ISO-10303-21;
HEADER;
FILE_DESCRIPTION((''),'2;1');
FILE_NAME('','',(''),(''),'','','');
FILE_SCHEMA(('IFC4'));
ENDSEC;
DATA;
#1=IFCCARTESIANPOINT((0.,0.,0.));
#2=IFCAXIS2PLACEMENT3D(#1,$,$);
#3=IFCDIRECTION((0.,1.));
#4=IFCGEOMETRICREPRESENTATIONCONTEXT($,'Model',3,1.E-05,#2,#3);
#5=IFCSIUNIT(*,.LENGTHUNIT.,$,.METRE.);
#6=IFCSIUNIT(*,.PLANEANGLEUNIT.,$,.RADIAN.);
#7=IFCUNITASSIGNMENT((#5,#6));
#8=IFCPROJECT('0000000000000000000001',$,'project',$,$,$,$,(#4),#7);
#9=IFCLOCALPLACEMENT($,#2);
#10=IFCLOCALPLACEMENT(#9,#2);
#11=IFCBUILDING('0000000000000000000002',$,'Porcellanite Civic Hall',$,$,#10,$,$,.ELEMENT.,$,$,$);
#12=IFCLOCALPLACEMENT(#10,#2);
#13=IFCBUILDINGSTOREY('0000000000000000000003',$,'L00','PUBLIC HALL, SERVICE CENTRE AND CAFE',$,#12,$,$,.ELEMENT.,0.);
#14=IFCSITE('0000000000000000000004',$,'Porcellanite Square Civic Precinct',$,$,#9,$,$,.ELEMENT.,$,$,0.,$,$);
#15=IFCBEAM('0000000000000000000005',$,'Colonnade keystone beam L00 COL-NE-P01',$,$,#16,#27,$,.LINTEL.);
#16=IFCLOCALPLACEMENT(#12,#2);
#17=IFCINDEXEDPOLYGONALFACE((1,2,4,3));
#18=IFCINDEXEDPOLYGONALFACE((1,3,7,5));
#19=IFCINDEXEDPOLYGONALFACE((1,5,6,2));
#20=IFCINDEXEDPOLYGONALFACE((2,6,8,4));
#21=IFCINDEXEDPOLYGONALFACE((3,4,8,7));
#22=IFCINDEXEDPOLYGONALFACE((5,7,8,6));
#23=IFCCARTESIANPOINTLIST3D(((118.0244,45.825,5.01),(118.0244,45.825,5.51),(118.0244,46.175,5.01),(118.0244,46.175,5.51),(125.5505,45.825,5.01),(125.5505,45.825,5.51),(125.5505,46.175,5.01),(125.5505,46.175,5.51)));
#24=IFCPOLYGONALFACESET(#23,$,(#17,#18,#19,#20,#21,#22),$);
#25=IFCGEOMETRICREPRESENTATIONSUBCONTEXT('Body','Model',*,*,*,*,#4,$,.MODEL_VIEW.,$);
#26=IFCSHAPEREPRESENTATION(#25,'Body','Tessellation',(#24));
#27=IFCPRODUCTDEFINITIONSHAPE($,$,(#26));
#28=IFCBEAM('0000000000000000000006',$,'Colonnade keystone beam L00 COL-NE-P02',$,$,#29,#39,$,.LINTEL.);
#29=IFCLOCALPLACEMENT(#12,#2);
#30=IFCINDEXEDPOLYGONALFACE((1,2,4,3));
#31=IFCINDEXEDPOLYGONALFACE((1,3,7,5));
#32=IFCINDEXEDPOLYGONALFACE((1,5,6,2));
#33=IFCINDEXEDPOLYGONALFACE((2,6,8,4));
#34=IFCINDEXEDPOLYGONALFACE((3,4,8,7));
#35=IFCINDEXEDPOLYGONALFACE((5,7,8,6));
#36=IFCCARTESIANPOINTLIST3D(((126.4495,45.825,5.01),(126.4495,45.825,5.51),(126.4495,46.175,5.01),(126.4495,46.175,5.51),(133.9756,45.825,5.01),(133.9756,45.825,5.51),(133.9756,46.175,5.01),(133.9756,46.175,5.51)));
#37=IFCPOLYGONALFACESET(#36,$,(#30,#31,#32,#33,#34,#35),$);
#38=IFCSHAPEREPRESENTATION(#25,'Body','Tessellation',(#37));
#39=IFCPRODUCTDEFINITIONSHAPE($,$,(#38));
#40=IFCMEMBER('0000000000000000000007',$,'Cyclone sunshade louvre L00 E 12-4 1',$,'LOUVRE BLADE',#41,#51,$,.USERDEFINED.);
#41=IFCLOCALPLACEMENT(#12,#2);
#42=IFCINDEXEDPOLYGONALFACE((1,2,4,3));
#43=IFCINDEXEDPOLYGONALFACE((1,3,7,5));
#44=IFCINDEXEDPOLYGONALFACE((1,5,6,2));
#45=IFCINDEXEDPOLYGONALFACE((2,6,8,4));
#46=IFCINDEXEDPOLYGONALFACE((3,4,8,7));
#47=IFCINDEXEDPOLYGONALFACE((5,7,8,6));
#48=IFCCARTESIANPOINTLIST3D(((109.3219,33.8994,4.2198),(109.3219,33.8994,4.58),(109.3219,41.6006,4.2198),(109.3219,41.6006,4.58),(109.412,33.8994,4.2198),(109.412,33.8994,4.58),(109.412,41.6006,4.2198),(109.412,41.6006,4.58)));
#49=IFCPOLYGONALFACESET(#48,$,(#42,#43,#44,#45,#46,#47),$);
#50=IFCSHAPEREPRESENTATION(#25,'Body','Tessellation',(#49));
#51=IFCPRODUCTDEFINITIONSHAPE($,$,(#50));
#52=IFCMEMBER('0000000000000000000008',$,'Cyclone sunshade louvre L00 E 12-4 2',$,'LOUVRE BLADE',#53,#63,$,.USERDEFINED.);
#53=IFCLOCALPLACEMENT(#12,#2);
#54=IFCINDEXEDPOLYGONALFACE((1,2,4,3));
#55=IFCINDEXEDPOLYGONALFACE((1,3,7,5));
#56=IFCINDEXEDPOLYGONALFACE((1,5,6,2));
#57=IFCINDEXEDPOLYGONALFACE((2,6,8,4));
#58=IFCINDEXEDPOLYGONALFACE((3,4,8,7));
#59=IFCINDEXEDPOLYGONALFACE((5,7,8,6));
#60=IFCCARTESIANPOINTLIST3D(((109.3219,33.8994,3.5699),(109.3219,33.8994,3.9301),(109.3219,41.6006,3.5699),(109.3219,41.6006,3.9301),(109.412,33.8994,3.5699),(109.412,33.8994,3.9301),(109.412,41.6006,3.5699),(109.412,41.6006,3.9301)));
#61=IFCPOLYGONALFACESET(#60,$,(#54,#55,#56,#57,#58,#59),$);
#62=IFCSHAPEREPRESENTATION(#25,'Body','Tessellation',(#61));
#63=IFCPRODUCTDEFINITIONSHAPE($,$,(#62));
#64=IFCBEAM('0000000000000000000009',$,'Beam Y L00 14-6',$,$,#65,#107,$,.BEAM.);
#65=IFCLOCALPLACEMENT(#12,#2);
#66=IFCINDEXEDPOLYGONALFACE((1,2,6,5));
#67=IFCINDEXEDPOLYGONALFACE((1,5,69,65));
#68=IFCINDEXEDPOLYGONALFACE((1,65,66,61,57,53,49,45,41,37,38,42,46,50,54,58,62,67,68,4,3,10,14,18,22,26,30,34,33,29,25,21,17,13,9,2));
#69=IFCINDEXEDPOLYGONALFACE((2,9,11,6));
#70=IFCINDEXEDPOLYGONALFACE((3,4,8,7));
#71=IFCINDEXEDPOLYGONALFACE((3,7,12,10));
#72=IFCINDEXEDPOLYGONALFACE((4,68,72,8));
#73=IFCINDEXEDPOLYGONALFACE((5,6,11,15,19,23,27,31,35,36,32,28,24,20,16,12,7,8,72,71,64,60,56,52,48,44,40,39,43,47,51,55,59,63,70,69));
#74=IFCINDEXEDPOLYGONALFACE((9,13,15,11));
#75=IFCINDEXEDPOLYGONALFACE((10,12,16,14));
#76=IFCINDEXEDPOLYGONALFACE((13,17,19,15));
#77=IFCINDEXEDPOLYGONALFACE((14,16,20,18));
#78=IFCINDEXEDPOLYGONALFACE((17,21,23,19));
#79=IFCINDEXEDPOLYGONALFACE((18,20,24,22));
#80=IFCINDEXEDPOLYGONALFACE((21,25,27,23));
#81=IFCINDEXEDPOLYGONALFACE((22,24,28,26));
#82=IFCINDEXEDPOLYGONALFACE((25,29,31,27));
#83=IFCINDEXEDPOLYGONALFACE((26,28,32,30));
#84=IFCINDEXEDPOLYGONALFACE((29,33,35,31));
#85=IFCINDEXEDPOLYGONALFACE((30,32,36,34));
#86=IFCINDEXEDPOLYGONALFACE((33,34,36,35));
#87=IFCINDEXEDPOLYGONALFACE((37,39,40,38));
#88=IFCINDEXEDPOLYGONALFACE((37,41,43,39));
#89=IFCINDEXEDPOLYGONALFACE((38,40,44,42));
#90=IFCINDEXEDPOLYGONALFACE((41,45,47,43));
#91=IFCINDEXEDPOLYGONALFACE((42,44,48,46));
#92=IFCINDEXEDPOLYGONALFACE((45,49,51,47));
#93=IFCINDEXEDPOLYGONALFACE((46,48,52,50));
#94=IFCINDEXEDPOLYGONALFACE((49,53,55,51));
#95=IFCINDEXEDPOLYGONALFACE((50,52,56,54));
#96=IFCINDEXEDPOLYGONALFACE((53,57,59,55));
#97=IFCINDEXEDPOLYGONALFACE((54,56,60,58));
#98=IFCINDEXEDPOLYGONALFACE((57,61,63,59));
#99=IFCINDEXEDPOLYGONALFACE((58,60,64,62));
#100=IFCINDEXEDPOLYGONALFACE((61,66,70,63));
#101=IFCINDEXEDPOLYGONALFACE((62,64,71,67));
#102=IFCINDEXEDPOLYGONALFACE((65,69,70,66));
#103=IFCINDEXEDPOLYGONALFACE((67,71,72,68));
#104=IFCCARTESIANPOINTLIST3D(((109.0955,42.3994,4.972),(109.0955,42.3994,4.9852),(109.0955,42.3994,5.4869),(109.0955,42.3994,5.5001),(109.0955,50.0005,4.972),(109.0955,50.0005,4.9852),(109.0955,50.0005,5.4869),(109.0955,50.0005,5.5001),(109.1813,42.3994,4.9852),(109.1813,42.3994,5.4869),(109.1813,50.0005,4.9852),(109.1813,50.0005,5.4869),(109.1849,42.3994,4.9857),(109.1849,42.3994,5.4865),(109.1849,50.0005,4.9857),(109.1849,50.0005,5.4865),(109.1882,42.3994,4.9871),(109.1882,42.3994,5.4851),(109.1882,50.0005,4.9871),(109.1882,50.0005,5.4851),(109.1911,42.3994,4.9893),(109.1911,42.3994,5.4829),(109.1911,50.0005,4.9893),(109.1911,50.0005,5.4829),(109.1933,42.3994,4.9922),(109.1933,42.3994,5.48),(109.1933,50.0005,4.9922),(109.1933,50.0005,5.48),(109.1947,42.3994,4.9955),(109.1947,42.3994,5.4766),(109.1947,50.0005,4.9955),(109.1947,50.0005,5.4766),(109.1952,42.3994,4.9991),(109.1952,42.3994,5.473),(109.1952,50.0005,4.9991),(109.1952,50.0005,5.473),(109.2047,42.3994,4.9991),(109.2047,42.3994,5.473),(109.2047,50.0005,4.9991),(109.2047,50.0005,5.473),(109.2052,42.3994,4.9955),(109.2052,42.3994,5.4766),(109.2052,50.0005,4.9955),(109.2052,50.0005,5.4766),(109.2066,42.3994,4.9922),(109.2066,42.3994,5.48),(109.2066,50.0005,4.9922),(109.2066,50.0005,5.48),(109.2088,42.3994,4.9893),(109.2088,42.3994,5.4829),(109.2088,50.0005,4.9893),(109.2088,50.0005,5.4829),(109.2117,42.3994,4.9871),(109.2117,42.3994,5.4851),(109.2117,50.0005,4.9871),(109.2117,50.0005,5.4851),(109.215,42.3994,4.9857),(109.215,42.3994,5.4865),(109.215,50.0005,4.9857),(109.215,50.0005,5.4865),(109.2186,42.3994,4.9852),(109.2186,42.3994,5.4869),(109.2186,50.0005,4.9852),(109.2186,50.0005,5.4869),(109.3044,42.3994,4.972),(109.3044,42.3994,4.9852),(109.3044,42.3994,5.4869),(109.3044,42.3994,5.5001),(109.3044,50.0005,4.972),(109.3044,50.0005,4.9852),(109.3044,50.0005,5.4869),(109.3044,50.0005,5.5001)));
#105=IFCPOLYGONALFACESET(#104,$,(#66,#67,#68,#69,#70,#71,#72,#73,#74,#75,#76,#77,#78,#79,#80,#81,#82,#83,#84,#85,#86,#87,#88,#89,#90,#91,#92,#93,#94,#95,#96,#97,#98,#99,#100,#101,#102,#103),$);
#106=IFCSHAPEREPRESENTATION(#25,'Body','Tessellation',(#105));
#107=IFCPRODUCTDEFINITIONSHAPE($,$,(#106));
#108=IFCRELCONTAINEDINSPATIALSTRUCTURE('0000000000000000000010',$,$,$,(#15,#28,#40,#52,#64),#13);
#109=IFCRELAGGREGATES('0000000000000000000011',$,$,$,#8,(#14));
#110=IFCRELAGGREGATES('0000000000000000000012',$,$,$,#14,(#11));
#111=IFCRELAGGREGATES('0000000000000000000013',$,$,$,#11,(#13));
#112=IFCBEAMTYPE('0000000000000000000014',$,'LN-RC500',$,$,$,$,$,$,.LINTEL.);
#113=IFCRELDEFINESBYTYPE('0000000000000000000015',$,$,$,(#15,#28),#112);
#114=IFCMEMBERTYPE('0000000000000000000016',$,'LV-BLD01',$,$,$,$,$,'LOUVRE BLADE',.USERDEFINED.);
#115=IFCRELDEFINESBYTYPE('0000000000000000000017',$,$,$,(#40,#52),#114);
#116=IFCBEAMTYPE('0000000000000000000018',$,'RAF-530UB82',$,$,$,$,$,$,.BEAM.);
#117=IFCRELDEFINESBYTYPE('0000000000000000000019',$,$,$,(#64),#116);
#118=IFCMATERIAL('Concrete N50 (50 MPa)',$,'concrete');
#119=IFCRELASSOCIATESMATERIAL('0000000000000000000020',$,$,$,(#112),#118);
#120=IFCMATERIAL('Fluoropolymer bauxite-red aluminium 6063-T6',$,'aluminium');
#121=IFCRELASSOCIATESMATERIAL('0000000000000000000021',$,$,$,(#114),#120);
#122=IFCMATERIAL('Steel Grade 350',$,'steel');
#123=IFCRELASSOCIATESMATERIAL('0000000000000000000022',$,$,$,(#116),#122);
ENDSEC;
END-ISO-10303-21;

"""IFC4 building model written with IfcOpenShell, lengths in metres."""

from ifc_helpers import new_model, si_unit, direction, frame, origin, origin_2d, place, context, subcontext, project, spatial, rectangle, i_section, extrude, material, material_profile, profile_set, type_object, element, save


model = new_model("IFC4")

# Units and contexts
model_context = context("Model", 3, precision=1e-05, world=origin(), true_north=direction((0.0, 1.0)))
body_context = subcontext(model_context, "Body", "Model", "MODEL_VIEW")
ifc_project = project(units=[si_unit("LENGTHUNIT", "METRE"), si_unit("PLANEANGLEUNIT", "RADIAN")], contexts=[model_context])

# Site, building, storey
site_placement = place(None, origin())
site = spatial("IfcSite", under=ifc_project, at=site_placement, Name="Porcellanite Square Civic Precinct", CompositionType="ELEMENT", RefElevation=0.0)
building_placement = place(site_placement, origin())
building = spatial("IfcBuilding", under=site, at=building_placement, Name="Porcellanite Civic Hall", CompositionType="ELEMENT")
storey_placement = place(building_placement, origin())
storey = spatial("IfcBuildingStorey", under=building, at=storey_placement, Name="L00", Description="PUBLIC HALL, SERVICE CENTRE AND CAFE", CompositionType="ELEMENT", Elevation=0.0)

# Beams
ifc_material_1 = material(Name="Concrete N50 (50 MPa)", Category="concrete")
ifc_material_profile_1 = material_profile(ifc_material_1, rectangle(XDim=0.3501, YDim=0.5, at=origin_2d()), Name="RC-350x500")
ifc_profile_set_1 = profile_set([ifc_material_profile_1], Name="Concrete N50 (50 MPa)")
beam_type_1 = type_object("IfcBeamType", Name="LN-RC500", PredefinedType="LINTEL", material=ifc_profile_set_1)
for number, where, z_axis, x_axis, name in (
    (1, (118.0244, 46.0, 5.26), (1.0, 0.0, 0.0), (0.0, 1.0, 0.0), "Colonnade keystone beam L00 COL-NE-P01"),
    (2, (126.4495, 46.0, 5.26), (1.0, 0.0, 0.0), (0.0, 1.0, 0.0), "Colonnade keystone beam L00 COL-NE-P02"),
):
    element("IfcBeam", number, at=place(storey_placement, frame(where, z_axis=z_axis, x_axis=x_axis)), inside=storey, type_object=beam_type_1, Name=name, PredefinedType="LINTEL", context=body_context, shape_type="SweptSolid", body=[
        extrude(rectangle(XDim=0.3501, YDim=0.5, at=origin_2d()), origin(), (0.0, 0.0, 1.0), 7.5261),
    ])

# Members
ifc_material_2 = material(Name="Fluoropolymer bauxite-red aluminium 6063-T6", Category="aluminium")
ifc_material_profile_2 = material_profile(ifc_material_2, rectangle(XDim=0.0901, YDim=0.3601, at=origin_2d()), Name="AL-90x360")
ifc_profile_set_2 = profile_set([ifc_material_profile_2], Name="Fluoropolymer bauxite-red aluminium 6063-T6")
member_type_1 = type_object("IfcMemberType", Name="LV-BLD01", ElementType="LOUVRE BLADE", PredefinedType="USERDEFINED", material=ifc_profile_set_2)
for number, where, z_axis, x_axis, name in (
    (3, (109.3669, 41.6006, 4.3999), (0.0, -1.0, 0.0), (1.0, 0.0, 0.0), "Cyclone sunshade louvre L00 E 12-4 1"),
    (4, (109.3669, 41.6006, 3.75), (0.0, -1.0, 0.0), (1.0, 0.0, 0.0), "Cyclone sunshade louvre L00 E 12-4 2"),
):
    element("IfcMember", number, at=place(storey_placement, frame(where, z_axis=z_axis, x_axis=x_axis)), inside=storey, type_object=member_type_1, Name=name, ObjectType="LOUVRE BLADE", PredefinedType="USERDEFINED", context=body_context, shape_type="SweptSolid", body=[
        extrude(rectangle(XDim=0.0901, YDim=0.3601, at=origin_2d()), origin(), (0.0, 0.0, 1.0), 7.7012),
    ])

# Beam
ifc_material_3 = material(Name="Steel Grade 350", Category="steel")
ifc_material_profile_3 = material_profile(ifc_material_3, i_section(OverallWidth=0.209, OverallDepth=0.5281, WebThickness=0.0095, FlangeThickness=0.0132, FilletRadius=0.0139, at=origin_2d()), Name="530UB82.0")
ifc_profile_set_3 = profile_set([ifc_material_profile_3], Name="Steel Grade 350")
beam_type_2 = type_object("IfcBeamType", Name="RAF-530UB82", PredefinedType="BEAM", material=ifc_profile_set_3)
beam_1_placement = place(storey_placement, frame((109.2, 42.3994, 5.2361), z_axis=(0.0, 1.0, 0.0), x_axis=(-1.0, 0.0, 0.0)))
element("IfcBeam", 5, at=beam_1_placement, inside=storey, type_object=beam_type_2, Name="Beam Y L00 14-6", PredefinedType="BEAM", context=body_context, shape_type="SweptSolid", body=[
    extrude(i_section(OverallWidth=0.209, OverallDepth=0.5281, WebThickness=0.0095, FlangeThickness=0.0132, FilletRadius=0.0139, at=origin_2d()), origin(), (0.0, 0.0, 1.0), 7.6011),
])

save(model, "model.ifc")
